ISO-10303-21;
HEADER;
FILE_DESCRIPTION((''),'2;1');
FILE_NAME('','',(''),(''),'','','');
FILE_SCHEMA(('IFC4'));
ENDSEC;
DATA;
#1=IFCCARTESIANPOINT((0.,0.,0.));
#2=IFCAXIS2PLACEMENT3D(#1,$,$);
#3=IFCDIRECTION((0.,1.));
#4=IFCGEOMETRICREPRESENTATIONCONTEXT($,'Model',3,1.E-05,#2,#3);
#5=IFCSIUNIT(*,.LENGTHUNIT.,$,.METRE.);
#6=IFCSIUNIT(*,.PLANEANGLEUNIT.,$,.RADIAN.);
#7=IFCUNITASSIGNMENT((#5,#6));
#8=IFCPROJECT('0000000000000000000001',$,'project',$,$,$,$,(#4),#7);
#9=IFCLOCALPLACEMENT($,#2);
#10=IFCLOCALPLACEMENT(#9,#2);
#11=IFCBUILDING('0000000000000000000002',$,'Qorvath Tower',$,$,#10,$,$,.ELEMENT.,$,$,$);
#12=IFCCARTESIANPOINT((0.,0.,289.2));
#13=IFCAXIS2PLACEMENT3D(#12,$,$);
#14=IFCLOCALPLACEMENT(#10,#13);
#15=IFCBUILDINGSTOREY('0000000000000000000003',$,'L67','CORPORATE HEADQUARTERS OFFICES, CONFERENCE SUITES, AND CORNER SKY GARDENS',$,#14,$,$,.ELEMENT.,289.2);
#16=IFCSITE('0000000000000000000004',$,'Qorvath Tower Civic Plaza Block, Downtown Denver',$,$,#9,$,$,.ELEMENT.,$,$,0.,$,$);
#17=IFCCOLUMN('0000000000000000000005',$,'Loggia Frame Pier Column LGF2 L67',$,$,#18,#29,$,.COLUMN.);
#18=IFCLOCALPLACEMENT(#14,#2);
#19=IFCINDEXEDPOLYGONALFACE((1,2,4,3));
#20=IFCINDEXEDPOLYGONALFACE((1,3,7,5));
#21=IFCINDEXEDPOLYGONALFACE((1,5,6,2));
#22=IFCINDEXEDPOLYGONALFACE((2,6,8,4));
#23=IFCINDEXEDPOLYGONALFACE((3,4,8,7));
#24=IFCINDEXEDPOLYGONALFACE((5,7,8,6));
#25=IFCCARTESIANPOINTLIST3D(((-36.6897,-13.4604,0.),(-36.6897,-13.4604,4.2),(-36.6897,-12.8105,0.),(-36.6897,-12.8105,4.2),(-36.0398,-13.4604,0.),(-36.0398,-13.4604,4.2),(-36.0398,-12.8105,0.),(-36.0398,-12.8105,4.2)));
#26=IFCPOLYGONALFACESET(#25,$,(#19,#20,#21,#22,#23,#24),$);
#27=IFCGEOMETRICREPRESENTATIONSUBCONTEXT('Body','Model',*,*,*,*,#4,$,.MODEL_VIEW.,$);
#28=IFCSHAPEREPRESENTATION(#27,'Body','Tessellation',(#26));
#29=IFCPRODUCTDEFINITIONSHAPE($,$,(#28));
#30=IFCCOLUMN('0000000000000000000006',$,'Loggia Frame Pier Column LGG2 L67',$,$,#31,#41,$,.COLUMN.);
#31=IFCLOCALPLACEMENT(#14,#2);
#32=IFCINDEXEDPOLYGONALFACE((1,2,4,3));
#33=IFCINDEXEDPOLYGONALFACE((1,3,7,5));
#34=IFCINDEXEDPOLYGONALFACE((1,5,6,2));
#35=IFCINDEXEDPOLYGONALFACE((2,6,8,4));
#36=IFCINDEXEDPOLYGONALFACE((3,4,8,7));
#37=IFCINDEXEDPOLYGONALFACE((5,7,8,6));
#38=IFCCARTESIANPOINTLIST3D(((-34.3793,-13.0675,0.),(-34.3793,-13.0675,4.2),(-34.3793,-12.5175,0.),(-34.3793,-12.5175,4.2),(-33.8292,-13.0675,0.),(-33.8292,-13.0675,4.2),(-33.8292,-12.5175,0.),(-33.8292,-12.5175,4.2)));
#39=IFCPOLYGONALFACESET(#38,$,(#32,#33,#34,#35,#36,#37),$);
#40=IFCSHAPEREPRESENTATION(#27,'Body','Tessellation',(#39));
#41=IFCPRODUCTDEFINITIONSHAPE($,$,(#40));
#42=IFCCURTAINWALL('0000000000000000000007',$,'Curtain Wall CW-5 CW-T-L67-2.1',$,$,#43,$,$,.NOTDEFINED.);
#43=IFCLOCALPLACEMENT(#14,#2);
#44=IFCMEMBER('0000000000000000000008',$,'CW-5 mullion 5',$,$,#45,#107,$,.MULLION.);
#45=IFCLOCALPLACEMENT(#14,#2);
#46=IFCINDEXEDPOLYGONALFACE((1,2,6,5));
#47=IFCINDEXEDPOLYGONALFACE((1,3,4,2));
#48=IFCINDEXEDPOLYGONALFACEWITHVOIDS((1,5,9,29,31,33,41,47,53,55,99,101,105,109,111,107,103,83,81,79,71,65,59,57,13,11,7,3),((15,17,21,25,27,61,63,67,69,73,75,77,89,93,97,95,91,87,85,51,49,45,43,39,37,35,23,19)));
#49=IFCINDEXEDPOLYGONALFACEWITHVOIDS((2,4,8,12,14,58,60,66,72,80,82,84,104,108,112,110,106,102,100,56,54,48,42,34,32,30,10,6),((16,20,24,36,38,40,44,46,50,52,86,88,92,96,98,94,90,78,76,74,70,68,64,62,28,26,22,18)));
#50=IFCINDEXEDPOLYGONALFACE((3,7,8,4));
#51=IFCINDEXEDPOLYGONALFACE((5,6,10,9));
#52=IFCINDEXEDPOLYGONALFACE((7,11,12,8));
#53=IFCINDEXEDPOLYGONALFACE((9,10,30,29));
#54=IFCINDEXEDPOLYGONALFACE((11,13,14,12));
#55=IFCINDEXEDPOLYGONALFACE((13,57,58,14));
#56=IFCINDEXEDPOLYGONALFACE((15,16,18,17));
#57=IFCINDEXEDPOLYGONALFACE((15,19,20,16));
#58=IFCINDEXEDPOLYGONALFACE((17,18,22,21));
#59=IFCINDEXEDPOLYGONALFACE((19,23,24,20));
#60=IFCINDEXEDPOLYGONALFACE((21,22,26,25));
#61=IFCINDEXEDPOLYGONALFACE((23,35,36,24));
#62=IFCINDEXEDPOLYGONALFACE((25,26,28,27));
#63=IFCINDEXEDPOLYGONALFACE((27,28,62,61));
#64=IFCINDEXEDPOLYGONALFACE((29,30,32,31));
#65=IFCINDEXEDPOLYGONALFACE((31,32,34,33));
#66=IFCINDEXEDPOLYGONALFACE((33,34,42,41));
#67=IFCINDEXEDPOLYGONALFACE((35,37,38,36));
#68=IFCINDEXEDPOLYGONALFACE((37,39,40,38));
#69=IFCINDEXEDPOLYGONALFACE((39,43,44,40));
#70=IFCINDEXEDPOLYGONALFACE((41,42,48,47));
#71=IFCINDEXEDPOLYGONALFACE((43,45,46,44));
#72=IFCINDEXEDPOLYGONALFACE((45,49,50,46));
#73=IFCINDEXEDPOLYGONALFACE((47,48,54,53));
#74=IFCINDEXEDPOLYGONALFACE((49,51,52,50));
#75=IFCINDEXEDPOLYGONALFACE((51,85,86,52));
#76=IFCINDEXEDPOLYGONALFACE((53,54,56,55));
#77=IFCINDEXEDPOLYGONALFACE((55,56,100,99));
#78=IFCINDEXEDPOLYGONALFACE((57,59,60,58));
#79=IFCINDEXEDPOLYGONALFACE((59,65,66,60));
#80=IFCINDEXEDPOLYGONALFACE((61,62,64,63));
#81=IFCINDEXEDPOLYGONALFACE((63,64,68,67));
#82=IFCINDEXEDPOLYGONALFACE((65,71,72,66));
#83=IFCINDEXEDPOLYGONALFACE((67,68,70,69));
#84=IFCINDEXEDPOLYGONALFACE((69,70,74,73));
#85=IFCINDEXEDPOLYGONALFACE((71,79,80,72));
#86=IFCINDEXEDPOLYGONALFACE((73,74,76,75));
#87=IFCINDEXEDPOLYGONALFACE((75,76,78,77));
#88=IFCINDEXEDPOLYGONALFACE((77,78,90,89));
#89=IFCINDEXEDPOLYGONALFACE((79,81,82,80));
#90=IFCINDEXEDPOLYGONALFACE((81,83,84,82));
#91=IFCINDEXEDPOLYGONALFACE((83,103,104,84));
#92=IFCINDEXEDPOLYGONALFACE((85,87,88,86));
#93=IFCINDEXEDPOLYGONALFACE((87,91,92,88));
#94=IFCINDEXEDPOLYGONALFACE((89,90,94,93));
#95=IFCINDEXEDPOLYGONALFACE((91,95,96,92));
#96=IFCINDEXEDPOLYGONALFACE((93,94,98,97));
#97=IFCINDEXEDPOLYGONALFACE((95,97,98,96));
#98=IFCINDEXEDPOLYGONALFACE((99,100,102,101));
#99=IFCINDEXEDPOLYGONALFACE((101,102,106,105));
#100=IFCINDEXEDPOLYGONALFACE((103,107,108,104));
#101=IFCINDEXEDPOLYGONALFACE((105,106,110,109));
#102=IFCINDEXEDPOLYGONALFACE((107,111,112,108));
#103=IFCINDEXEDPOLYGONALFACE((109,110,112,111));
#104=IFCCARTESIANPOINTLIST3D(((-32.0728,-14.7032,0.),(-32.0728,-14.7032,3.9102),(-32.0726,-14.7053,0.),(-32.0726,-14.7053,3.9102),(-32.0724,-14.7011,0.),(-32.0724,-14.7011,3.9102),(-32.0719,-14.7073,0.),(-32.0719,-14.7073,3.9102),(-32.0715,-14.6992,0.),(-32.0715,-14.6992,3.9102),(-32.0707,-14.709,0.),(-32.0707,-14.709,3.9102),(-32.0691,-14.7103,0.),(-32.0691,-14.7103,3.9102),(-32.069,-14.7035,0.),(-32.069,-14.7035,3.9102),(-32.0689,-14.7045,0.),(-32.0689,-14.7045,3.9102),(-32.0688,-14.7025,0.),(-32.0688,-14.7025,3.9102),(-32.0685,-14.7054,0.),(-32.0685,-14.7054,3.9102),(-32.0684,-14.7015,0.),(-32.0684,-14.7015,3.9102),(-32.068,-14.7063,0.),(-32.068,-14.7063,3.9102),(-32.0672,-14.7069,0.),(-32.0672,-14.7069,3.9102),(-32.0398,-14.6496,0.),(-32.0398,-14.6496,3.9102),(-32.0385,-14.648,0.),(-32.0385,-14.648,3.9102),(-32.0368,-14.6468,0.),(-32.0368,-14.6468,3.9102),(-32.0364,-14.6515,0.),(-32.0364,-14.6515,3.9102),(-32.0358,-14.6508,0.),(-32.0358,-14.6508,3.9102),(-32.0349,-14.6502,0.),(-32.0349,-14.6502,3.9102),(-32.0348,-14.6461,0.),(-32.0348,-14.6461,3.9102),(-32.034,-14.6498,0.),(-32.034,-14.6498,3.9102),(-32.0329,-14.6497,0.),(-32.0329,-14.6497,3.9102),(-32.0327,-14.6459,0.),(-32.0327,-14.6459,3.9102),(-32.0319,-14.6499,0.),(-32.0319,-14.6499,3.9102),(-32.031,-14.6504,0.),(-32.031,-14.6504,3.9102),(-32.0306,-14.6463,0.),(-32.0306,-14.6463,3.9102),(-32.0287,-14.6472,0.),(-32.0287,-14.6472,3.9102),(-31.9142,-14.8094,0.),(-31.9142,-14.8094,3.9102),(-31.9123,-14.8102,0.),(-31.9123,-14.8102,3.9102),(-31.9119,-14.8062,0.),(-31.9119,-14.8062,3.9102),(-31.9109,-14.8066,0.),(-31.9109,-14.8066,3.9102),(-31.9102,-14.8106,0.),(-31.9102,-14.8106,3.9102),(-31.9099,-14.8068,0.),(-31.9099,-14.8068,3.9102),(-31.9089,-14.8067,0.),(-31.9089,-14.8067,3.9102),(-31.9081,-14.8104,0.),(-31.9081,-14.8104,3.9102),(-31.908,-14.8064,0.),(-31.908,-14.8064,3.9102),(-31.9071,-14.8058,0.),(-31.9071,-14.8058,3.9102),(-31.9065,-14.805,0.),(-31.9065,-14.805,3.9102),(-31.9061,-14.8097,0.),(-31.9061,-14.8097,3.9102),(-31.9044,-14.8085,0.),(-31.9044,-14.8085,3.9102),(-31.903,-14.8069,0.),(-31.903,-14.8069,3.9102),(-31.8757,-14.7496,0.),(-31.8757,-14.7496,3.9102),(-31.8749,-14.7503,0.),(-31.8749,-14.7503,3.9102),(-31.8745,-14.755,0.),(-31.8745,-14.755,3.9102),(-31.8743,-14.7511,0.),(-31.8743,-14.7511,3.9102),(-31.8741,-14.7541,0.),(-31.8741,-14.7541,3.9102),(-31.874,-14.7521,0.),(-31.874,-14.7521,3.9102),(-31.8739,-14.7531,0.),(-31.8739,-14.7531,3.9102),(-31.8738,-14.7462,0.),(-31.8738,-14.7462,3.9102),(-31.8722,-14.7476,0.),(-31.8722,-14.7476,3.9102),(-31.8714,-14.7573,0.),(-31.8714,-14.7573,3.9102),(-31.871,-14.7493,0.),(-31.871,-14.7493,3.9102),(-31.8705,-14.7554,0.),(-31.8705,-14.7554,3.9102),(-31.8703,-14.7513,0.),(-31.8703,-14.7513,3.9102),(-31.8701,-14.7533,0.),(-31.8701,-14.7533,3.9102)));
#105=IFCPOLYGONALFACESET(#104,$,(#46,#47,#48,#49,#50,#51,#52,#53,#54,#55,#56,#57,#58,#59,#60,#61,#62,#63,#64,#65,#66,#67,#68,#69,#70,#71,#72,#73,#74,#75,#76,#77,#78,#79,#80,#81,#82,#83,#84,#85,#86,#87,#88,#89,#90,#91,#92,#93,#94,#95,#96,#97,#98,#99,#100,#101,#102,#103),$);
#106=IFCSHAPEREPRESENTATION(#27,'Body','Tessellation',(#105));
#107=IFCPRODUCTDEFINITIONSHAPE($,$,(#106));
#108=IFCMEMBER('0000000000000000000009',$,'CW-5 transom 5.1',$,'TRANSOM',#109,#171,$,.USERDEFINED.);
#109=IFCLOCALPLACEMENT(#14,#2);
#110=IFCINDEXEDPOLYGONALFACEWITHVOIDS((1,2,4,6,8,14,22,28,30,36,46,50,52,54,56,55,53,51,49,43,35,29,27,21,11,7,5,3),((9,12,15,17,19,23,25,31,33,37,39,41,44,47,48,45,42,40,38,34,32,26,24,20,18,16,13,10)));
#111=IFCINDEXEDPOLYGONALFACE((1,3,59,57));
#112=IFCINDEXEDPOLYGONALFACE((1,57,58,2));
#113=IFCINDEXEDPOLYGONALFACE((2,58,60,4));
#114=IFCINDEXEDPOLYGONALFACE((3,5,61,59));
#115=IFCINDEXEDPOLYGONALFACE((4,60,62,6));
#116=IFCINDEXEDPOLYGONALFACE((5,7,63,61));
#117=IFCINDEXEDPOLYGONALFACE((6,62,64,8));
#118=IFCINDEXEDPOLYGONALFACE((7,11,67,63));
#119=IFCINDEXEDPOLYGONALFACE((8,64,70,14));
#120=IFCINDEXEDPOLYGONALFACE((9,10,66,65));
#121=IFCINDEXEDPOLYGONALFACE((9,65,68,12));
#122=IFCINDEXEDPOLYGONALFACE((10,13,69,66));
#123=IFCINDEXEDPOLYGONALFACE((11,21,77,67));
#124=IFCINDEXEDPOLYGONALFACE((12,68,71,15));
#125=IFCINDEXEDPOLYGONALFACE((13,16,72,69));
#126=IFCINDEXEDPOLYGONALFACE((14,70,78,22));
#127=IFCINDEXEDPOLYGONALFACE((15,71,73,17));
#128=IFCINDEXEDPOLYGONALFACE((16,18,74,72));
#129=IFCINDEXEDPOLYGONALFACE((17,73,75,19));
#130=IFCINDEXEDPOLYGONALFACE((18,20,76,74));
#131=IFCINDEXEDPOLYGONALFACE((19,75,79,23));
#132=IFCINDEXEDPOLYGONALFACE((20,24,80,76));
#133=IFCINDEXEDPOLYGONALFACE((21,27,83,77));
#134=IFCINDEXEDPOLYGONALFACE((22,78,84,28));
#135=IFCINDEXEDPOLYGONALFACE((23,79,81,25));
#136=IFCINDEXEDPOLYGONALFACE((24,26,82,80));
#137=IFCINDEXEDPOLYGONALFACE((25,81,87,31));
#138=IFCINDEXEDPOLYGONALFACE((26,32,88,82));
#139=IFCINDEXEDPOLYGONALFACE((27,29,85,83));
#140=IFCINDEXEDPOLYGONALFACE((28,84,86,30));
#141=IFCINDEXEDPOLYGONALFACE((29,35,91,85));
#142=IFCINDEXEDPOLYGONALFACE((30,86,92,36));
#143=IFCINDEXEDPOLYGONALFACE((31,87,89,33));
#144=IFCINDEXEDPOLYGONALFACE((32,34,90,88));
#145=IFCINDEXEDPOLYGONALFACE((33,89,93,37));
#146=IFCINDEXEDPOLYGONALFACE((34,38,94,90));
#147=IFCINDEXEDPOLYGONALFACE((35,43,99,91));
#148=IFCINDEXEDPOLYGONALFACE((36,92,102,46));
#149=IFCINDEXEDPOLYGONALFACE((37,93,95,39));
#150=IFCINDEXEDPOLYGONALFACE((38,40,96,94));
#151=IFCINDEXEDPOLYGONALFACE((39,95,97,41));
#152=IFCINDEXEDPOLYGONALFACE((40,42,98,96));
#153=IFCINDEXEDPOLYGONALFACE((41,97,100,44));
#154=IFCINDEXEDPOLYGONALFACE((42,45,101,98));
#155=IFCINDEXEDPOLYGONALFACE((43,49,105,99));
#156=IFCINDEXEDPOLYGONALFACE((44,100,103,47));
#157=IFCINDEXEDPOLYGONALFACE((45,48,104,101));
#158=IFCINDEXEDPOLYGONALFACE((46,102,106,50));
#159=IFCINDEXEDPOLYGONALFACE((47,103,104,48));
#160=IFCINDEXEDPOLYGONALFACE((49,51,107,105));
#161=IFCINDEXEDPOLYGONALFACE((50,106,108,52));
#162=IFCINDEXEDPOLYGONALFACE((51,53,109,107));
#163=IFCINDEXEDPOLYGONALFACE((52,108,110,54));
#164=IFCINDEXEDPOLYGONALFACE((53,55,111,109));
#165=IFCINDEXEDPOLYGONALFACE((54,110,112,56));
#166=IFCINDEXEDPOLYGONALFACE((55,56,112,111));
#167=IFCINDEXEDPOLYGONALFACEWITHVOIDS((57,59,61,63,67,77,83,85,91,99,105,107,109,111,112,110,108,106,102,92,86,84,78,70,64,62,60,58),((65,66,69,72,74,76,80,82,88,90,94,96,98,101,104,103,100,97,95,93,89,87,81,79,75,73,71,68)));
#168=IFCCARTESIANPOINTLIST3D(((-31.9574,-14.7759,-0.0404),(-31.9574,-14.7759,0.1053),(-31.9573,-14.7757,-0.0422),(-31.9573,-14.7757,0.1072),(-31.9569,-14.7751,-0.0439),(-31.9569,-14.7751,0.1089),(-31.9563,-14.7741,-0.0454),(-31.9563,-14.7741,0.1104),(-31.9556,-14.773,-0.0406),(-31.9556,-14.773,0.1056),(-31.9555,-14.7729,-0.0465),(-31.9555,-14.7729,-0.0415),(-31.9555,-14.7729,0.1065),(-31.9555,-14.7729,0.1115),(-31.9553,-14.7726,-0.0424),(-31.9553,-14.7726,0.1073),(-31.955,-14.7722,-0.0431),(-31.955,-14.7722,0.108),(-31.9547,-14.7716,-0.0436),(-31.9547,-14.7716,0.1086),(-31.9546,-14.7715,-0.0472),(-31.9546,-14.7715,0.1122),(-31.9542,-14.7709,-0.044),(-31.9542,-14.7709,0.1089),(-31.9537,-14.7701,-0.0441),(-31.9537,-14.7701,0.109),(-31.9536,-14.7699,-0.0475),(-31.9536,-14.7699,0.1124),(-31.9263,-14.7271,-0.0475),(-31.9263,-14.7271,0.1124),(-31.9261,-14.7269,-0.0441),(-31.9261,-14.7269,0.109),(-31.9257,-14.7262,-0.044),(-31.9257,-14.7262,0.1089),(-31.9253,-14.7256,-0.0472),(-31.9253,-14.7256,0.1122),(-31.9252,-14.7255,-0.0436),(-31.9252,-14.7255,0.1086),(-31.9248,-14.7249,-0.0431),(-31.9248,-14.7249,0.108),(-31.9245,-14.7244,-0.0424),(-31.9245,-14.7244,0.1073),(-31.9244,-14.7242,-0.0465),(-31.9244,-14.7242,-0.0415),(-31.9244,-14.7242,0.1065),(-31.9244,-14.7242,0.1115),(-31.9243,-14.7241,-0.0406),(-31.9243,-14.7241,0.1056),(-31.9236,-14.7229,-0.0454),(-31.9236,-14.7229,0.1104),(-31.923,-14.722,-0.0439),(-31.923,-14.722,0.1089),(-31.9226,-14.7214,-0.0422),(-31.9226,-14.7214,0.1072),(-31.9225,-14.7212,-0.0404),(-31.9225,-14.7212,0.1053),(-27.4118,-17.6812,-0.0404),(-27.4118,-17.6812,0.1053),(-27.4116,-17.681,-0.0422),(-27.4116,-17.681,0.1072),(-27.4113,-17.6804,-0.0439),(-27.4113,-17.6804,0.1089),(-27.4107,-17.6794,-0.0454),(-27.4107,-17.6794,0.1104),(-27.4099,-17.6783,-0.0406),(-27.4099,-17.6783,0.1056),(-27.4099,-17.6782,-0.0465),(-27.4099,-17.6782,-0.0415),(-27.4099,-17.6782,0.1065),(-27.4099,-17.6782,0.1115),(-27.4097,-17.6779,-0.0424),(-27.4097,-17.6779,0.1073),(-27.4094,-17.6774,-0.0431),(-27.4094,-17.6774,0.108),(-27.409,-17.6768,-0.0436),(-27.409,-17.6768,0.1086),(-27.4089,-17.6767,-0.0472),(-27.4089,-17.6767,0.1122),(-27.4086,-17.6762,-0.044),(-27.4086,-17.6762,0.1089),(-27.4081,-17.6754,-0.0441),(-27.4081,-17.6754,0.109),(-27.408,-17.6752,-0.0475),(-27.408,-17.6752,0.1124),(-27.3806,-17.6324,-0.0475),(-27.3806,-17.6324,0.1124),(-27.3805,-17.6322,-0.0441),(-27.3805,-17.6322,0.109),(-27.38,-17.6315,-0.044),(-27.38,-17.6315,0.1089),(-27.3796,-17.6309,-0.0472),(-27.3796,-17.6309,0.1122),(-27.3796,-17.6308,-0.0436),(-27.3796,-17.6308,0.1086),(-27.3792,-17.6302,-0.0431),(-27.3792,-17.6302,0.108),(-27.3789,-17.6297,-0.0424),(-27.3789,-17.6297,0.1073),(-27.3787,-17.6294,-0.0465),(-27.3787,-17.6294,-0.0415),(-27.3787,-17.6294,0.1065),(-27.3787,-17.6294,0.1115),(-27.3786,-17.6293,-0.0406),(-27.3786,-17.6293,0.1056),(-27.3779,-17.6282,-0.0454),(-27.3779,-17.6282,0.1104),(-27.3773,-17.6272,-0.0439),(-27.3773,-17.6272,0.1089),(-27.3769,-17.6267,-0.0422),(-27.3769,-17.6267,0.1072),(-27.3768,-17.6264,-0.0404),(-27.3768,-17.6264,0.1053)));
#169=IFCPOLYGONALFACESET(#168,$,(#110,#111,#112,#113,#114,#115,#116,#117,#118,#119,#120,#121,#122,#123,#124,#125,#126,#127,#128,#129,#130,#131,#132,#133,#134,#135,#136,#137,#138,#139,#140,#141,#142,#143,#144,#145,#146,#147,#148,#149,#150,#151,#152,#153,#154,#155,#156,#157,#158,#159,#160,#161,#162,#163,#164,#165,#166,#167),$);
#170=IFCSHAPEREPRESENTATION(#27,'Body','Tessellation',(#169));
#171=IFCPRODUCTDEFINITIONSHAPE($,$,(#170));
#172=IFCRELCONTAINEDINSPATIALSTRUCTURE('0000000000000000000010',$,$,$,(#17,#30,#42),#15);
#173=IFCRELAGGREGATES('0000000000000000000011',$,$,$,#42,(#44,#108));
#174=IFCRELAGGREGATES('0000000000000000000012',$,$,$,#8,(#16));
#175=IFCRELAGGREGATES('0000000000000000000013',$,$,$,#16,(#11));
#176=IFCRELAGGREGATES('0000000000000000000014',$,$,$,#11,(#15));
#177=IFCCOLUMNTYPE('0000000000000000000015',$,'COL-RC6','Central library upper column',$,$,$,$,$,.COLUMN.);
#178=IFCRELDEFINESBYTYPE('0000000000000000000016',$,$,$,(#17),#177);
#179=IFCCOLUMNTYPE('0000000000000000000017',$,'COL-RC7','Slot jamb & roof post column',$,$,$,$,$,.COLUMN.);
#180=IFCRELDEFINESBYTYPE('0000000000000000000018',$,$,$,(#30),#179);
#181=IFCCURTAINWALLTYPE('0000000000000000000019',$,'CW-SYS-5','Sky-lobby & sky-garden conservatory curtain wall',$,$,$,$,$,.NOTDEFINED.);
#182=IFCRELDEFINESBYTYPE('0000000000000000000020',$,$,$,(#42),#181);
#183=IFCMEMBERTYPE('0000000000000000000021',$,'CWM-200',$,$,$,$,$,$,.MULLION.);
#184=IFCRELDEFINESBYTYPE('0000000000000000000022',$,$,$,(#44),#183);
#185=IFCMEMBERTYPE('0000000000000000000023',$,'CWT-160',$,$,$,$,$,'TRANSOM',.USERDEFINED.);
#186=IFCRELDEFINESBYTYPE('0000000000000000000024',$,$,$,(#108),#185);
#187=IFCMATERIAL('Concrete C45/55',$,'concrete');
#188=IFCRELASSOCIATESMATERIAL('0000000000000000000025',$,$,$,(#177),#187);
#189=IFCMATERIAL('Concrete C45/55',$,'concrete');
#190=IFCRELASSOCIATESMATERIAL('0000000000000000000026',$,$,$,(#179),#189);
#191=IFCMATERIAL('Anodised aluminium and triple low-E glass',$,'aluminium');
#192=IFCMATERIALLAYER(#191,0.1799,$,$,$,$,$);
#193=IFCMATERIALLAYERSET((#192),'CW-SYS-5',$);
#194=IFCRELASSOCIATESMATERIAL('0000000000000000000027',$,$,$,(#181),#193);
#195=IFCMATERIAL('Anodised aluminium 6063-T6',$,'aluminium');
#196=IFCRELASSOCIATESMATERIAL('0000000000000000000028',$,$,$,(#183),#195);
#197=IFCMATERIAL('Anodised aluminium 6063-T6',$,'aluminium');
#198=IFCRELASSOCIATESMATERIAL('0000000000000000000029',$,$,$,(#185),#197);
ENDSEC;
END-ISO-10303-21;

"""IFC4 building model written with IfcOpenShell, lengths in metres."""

from ifc_helpers import new_model, si_unit, direction, frame, origin, origin_2d, place, context, subcontext, project, spatial, rectangle, hollow_rectangle, extrude, material, layer, layer_set, material_profile, profile_set, type_object, element, aggregate, save


model = new_model("IFC4")

# Units and contexts
model_context = context("Model", 3, precision=1e-05, world=origin(), true_north=direction((0.0, 1.0)))
body_context = subcontext(model_context, "Body", "Model", "MODEL_VIEW")
ifc_project = project(units=[si_unit("LENGTHUNIT", "METRE"), si_unit("PLANEANGLEUNIT", "RADIAN")], contexts=[model_context])

# Site, building, storey
site_placement = place(None, origin())
site = spatial("IfcSite", under=ifc_project, at=site_placement, Name="Qorvath Tower Civic Plaza Block, Downtown Denver", CompositionType="ELEMENT", RefElevation=0.0)
building_placement = place(site_placement, origin())
building = spatial("IfcBuilding", under=site, at=building_placement, Name="Qorvath Tower", CompositionType="ELEMENT")
storey_placement = place(building_placement, frame((0.0, 0.0, 289.2)))
storey = spatial("IfcBuildingStorey", under=building, at=storey_placement, Name="L67", Description="CORPORATE HEADQUARTERS OFFICES, CONFERENCE SUITES, AND CORNER SKY GARDENS", CompositionType="ELEMENT", Elevation=289.2)

# Columns
ifc_material_1 = material(Name="Concrete C45/55", Category="concrete")
ifc_material_profile_1 = material_profile(ifc_material_1, rectangle(XDim=0.6499, YDim=0.6499, at=origin_2d()), Name="RC 650x650")
ifc_profile_set_1 = profile_set([ifc_material_profile_1], Name="Concrete C45/55")
column_type_1 = type_object("IfcColumnType", Name="COL-RC6", Description="Central library upper column", PredefinedType="COLUMN", material=ifc_profile_set_1)
column_1_placement = place(storey_placement, frame((-36.3647, -13.1355, 0.0), z_axis=(0.0, 0.0, 1.0), x_axis=(1.0, 0.0, 0.0)))
element("IfcColumn", 1, at=column_1_placement, inside=storey, type_object=column_type_1, Name="Loggia Frame Pier Column LGF2 L67", PredefinedType="COLUMN", context=body_context, shape_type="SweptSolid", body=[
    extrude(rectangle(XDim=0.6499, YDim=0.6499, at=origin_2d()), origin(), (0.0, 0.0, 1.0), 4.2),
])
ifc_material_2 = material(Name="Concrete C45/55", Category="concrete")
ifc_material_profile_2 = material_profile(ifc_material_2, rectangle(XDim=0.55, YDim=0.55, at=origin_2d()), Name="RC 550x550")
ifc_profile_set_2 = profile_set([ifc_material_profile_2], Name="Concrete C45/55")
column_type_2 = type_object("IfcColumnType", Name="COL-RC7", Description="Slot jamb & roof post column", PredefinedType="COLUMN", material=ifc_profile_set_2)
column_2_placement = place(storey_placement, frame((-34.1042, -12.7925, 0.0), z_axis=(0.0, 0.0, 1.0), x_axis=(1.0, 0.0, 0.0)))
element("IfcColumn", 2, at=column_2_placement, inside=storey, type_object=column_type_2, Name="Loggia Frame Pier Column LGG2 L67", PredefinedType="COLUMN", context=body_context, shape_type="SweptSolid", body=[
    extrude(rectangle(XDim=0.55, YDim=0.55, at=origin_2d()), origin(), (0.0, 0.0, 1.0), 4.2),
])

# Curtain wall, members
ifc_material_3 = material(Name="Anodised aluminium and triple low-E glass", Category="aluminium")
ifc_layer_1 = layer(ifc_material_3, 0.1799)
ifc_layer_set_1 = layer_set([ifc_layer_1], Name="CW-SYS-5")
curtain_wall_type = type_object("IfcCurtainWallType", Name="CW-SYS-5", Description="Sky-lobby & sky-garden conservatory curtain wall", PredefinedType="NOTDEFINED", material=ifc_layer_set_1)
curtain_wall_placement = place(storey_placement, origin())
curtain_wall = element("IfcCurtainWall", 3, at=curtain_wall_placement, inside=storey, type_object=curtain_wall_type, Name="Curtain Wall CW-5 CW-T-L67-2.1", PredefinedType="NOTDEFINED")
ifc_material_4 = material(Name="Anodised aluminium 6063-T6", Category="aluminium")
ifc_material_profile_3 = material_profile(ifc_material_4, hollow_rectangle(XDim=0.075, YDim=0.2, WallThickness=0.0039, InnerFilletRadius=0.0039, OuterFilletRadius=0.0081, at=origin_2d()), Name="CWM 200x75")
ifc_profile_set_3 = profile_set([ifc_material_profile_3], Name="Anodised aluminium 6063-T6")
member_type_1 = type_object("IfcMemberType", Name="CWM-200", PredefinedType="MULLION", material=ifc_profile_set_3)
member_1_placement = place(storey_placement, frame((-31.9714, -14.7283, 0.0), z_axis=(0.0, 0.0, 1.0), x_axis=(0.538537, 0.842602, 0.0)))
member_1 = element("IfcMember", 4, at=member_1_placement, type_object=member_type_1, Name="CW-5 mullion 5", PredefinedType="MULLION", context=body_context, shape_type="SweptSolid", body=[
    extrude(hollow_rectangle(XDim=0.075, YDim=0.2, WallThickness=0.0039, InnerFilletRadius=0.0039, OuterFilletRadius=0.0081, at=origin_2d()), origin(), (0.0, 0.0, 1.0), 3.9102),
])
ifc_material_5 = material(Name="Anodised aluminium 6063-T6", Category="aluminium")
ifc_material_profile_4 = material_profile(ifc_material_5, hollow_rectangle(XDim=0.0649, YDim=0.1599, WallThickness=0.0034, InnerFilletRadius=0.0034, OuterFilletRadius=0.0071, at=origin_2d()), Name="CWT 160x65")
ifc_profile_set_4 = profile_set([ifc_material_profile_4], Name="Anodised aluminium 6063-T6")
member_type_2 = type_object("IfcMemberType", Name="CWT-160", ElementType="TRANSOM", PredefinedType="USERDEFINED", material=ifc_profile_set_4)
member_2_placement = place(storey_placement, frame((-31.9399, -14.7485, 0.0325), z_axis=(0.842603, -0.538535, 0.0), x_axis=(0.538535, 0.842603, 0.0)))
member_2 = element("IfcMember", 5, at=member_2_placement, type_object=member_type_2, Name="CW-5 transom 5.1", ObjectType="TRANSOM", PredefinedType="USERDEFINED", context=body_context, shape_type="SweptSolid", body=[
    extrude(hollow_rectangle(XDim=0.0649, YDim=0.1599, WallThickness=0.0034, InnerFilletRadius=0.0034, OuterFilletRadius=0.0071, at=origin_2d()), origin(), (0.0, 0.0, 1.0), 5.3948),
])
aggregate(curtain_wall, [member_1, member_2])

save(model, "model.ifc")
